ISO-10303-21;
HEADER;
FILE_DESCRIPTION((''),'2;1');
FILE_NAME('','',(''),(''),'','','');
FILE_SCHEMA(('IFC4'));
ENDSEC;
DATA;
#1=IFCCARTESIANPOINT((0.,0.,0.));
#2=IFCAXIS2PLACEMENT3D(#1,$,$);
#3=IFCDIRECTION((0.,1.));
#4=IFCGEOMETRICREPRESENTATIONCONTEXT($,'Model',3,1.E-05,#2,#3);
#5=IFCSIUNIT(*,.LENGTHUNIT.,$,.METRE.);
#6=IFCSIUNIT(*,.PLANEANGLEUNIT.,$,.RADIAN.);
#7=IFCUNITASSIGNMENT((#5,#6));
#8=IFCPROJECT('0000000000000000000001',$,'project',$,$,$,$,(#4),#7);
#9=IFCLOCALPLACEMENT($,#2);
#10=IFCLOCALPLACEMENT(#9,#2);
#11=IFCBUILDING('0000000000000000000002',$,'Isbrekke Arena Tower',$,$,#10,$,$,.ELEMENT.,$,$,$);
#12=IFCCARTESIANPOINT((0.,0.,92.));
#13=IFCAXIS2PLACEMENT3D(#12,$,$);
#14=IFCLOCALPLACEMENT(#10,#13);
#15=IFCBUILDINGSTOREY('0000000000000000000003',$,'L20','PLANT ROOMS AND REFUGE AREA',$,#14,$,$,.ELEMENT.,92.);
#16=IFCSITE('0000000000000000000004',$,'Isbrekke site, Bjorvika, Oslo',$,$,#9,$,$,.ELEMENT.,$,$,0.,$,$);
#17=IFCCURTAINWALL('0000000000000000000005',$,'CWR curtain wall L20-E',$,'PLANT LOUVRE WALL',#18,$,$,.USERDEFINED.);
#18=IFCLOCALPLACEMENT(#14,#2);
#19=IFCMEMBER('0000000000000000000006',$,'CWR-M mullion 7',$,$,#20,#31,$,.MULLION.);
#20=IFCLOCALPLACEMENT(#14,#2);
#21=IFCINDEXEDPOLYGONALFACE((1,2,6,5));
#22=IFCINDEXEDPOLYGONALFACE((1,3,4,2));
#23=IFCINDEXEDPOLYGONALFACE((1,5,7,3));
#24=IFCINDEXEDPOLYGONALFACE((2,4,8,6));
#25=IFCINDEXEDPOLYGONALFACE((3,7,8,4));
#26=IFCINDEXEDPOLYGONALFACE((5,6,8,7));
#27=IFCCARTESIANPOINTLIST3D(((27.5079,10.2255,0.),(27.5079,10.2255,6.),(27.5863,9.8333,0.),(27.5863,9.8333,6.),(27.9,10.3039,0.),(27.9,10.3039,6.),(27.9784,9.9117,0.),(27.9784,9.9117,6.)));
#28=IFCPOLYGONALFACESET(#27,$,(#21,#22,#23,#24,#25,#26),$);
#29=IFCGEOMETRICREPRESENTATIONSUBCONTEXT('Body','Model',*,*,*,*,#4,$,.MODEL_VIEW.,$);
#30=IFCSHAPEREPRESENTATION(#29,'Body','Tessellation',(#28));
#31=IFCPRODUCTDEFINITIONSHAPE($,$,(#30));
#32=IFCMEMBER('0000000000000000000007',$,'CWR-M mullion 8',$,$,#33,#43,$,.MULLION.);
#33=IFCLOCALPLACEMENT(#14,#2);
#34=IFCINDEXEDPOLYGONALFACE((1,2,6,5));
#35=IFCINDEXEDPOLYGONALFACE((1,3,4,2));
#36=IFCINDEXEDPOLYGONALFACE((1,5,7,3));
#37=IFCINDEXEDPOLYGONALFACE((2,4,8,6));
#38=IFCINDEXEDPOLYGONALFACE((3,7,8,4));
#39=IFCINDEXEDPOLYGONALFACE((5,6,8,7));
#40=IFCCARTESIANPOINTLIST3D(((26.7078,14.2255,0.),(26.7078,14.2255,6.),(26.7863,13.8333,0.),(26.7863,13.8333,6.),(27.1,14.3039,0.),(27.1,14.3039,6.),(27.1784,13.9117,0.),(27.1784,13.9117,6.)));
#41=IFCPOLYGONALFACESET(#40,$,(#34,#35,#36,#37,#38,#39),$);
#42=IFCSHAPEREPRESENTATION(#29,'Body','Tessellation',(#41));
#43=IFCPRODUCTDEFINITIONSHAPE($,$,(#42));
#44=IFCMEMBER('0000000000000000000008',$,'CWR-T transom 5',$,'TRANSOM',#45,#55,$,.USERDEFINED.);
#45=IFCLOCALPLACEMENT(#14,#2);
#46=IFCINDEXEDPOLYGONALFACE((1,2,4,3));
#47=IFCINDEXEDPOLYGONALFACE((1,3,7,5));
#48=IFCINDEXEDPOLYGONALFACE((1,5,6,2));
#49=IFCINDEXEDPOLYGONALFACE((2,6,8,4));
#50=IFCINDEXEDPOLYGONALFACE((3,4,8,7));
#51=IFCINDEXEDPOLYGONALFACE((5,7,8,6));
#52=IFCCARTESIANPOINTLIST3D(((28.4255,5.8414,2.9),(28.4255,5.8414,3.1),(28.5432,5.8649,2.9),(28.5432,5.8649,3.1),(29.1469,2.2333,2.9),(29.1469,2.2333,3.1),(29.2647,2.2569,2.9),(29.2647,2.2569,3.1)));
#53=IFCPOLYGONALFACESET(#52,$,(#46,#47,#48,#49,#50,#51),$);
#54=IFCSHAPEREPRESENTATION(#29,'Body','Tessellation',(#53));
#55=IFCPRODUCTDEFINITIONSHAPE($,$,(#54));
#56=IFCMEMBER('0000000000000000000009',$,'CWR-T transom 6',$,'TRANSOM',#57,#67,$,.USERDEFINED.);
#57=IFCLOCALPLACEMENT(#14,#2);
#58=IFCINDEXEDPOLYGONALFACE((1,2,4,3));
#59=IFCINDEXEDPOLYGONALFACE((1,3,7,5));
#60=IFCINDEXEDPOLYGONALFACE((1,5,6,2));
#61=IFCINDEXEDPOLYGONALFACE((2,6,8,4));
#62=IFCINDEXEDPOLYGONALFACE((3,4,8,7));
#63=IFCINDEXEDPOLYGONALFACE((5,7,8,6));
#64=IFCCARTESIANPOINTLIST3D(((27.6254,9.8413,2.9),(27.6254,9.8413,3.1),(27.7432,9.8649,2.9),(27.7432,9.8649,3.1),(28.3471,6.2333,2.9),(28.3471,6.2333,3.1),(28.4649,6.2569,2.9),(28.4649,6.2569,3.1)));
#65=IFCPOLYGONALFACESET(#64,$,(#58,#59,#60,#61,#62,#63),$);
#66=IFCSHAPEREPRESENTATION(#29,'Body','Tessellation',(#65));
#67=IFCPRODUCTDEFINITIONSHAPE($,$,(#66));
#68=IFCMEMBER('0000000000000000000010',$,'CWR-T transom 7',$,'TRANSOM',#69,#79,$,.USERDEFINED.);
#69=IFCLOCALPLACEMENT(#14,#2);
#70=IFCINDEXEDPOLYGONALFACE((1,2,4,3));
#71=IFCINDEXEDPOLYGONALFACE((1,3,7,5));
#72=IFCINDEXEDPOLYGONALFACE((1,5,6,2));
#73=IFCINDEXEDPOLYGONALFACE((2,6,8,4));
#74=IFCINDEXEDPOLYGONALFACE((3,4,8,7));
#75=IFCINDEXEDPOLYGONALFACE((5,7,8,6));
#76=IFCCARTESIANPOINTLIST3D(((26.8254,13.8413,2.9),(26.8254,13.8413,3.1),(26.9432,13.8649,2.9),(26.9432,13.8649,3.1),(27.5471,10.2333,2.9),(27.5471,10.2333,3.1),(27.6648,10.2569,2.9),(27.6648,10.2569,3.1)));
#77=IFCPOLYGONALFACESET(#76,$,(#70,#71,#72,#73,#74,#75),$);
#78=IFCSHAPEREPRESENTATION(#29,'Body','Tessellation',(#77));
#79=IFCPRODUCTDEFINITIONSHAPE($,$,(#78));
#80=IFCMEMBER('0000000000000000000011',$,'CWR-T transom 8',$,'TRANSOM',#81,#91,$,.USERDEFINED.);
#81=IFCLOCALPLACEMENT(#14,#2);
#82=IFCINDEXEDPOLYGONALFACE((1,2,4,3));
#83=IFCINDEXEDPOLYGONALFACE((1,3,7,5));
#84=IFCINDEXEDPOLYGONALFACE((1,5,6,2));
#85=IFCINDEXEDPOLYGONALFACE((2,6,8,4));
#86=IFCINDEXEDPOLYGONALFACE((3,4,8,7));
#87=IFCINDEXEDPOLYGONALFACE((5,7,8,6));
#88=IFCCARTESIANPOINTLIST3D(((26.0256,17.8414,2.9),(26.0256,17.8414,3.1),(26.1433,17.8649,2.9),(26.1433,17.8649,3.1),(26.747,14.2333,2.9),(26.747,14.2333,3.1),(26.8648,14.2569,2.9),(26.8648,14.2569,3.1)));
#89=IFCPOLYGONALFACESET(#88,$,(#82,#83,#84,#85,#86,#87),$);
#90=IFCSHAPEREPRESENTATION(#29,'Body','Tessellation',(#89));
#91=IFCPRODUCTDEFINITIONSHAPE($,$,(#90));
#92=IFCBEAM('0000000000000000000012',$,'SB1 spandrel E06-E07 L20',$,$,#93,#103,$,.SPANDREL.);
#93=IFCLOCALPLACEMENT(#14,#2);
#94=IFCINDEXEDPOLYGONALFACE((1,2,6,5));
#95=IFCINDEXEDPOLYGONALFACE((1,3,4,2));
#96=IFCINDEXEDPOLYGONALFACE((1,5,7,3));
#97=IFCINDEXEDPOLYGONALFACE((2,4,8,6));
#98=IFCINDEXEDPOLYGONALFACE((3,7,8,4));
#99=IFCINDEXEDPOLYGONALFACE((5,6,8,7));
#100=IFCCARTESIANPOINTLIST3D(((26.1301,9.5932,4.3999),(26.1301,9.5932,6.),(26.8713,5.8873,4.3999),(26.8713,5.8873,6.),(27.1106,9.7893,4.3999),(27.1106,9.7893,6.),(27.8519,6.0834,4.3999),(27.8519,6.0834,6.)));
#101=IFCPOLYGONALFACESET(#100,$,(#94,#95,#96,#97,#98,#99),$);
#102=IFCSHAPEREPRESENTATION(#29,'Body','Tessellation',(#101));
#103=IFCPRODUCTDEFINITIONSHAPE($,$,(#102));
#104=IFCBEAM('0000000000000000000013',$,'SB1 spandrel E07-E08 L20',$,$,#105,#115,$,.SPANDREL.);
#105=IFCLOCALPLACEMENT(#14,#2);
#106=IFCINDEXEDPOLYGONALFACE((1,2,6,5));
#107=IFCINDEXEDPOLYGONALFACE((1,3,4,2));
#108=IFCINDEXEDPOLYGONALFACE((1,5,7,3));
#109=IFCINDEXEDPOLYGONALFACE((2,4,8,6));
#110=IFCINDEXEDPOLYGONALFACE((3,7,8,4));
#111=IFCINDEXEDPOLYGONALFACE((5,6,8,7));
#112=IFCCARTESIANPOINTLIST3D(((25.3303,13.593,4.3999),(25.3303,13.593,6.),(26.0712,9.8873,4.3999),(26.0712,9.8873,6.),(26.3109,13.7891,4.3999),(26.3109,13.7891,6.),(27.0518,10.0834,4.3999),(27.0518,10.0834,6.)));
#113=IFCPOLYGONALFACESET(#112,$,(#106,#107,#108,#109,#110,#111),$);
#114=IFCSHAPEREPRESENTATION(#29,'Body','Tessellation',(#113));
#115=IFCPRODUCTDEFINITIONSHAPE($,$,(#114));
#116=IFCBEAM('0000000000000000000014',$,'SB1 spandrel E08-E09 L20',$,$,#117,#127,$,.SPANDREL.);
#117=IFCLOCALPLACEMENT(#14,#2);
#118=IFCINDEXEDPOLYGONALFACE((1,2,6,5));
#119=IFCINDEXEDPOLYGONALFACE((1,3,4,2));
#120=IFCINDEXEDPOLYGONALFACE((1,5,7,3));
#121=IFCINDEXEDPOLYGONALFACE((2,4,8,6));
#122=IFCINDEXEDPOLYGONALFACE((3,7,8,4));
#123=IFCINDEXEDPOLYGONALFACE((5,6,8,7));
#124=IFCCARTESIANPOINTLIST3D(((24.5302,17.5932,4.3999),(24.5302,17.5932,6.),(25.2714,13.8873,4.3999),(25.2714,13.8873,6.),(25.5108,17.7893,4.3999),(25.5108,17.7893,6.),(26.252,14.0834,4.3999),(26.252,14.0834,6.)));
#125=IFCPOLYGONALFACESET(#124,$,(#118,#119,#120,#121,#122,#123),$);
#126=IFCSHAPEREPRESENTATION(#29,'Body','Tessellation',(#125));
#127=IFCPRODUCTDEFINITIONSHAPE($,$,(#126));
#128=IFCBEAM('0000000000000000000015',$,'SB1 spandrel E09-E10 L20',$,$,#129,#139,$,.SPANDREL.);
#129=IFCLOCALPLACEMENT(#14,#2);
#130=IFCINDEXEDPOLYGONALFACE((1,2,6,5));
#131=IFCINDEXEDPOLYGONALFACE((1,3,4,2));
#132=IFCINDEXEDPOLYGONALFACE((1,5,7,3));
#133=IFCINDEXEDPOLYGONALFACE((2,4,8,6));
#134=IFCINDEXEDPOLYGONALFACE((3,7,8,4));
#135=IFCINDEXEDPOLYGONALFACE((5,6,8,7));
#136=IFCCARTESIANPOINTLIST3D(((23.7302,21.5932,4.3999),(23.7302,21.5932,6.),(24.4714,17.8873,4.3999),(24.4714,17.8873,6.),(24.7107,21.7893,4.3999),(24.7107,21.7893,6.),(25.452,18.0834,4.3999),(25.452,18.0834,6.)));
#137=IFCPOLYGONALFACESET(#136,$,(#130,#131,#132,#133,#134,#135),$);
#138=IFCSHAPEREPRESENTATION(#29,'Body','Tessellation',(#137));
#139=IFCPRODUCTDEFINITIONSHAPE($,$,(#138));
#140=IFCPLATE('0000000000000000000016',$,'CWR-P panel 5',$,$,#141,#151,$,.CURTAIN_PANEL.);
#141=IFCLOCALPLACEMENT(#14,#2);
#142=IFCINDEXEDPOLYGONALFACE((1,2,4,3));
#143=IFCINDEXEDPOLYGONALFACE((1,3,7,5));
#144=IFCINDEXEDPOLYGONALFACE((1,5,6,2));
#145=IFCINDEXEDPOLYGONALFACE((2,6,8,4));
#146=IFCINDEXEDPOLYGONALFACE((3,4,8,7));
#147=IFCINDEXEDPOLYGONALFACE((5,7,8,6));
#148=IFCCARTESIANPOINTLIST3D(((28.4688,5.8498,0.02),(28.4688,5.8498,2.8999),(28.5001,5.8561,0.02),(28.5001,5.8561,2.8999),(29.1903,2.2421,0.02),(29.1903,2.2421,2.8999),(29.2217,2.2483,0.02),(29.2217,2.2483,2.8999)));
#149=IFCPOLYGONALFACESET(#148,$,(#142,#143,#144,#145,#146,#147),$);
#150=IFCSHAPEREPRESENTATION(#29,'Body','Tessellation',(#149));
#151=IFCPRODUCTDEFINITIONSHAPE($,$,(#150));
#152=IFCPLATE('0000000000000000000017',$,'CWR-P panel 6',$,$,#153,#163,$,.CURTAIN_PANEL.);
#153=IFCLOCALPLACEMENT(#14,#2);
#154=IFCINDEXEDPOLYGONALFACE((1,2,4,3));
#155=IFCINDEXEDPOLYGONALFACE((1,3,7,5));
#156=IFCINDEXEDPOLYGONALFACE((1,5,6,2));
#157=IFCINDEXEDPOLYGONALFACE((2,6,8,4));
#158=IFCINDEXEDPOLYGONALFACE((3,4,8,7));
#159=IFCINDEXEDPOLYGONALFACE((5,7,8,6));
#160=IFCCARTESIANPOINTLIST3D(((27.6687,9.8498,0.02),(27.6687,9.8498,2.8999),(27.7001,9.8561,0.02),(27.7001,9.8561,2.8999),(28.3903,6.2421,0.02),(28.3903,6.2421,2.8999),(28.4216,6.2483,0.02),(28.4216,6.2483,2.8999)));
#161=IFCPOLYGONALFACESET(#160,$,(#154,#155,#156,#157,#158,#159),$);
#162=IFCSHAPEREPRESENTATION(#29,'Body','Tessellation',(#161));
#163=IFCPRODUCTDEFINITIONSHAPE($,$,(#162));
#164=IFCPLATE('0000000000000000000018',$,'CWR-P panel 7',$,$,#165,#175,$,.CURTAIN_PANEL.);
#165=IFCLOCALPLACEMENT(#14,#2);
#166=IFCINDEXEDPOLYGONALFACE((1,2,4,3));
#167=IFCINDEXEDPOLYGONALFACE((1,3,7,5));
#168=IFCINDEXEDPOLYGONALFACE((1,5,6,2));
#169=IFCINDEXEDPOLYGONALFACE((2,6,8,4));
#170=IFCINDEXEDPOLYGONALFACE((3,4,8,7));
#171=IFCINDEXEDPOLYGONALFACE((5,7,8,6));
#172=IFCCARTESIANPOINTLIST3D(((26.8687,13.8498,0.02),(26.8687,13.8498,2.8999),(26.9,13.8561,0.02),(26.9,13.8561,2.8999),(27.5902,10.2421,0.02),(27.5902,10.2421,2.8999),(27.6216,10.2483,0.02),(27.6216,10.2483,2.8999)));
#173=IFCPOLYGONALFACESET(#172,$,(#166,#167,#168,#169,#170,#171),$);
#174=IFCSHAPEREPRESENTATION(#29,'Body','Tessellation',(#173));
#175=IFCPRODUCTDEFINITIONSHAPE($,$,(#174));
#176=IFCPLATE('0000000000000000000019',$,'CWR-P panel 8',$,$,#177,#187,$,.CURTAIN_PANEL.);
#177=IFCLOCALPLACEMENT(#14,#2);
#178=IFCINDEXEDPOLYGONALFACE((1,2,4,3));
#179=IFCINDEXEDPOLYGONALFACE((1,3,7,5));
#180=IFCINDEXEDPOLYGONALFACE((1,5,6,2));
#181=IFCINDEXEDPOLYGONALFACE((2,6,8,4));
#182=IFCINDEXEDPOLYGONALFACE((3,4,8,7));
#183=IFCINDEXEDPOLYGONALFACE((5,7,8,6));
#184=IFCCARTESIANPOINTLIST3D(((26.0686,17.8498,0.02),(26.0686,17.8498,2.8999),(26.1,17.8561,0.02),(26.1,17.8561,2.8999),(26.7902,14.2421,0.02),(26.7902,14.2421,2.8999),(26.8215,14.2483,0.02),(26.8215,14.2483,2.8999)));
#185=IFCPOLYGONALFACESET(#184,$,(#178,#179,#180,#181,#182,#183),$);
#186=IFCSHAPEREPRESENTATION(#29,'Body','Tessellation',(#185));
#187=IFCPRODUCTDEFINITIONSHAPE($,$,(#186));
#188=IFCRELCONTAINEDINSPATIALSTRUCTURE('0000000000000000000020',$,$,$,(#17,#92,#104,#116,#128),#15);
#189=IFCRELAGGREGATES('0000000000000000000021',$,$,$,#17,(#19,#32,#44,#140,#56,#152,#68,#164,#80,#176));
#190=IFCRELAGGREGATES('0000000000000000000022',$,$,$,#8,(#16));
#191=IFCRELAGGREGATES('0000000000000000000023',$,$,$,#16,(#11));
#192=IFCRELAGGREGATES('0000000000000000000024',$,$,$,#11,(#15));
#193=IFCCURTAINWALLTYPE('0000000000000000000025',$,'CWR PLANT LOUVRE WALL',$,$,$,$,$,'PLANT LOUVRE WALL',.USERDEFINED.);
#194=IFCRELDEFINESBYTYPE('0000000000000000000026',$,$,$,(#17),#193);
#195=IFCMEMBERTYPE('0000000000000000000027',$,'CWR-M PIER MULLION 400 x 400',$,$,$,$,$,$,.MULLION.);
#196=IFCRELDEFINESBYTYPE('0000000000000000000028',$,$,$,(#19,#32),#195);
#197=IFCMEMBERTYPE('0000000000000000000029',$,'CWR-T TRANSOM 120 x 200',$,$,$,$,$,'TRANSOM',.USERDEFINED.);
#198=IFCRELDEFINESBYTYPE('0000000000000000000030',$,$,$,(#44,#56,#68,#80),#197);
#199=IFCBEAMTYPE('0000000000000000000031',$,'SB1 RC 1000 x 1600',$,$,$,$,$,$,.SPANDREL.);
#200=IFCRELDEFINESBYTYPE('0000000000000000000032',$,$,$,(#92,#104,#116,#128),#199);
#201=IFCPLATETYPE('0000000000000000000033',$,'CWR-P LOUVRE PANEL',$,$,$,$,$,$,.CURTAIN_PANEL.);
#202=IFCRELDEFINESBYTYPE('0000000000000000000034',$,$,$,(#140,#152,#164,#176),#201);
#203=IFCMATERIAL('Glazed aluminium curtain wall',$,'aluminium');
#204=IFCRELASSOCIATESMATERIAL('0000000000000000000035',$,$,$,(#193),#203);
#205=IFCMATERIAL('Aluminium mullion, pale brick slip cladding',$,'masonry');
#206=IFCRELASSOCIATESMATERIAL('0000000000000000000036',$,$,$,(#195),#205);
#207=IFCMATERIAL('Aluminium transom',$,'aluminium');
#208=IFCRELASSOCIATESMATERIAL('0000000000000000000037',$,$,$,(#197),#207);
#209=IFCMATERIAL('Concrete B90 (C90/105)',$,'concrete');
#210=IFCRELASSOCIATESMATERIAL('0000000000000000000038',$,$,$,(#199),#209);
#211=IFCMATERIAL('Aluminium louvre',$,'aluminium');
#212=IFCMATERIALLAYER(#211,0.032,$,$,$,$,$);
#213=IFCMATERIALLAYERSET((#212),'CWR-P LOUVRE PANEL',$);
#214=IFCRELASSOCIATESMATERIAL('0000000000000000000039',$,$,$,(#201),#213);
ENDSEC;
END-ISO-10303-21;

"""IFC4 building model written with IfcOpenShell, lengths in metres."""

from ifc_helpers import new_model, si_unit, direction, frame, origin, origin_2d, place, context, subcontext, project, spatial, rectangle, extrude, material, layer, layer_set, material_profile, profile_set, type_object, element, aggregate, save


model = new_model("IFC4")

# Units and contexts
model_context = context("Model", 3, precision=1e-05, world=origin(), true_north=direction((0.0, 1.0)))
body_context = subcontext(model_context, "Body", "Model", "MODEL_VIEW")
ifc_project = project(units=[si_unit("LENGTHUNIT", "METRE"), si_unit("PLANEANGLEUNIT", "RADIAN")], contexts=[model_context])

# Site, building, storey
site_placement = place(None, origin())
site = spatial("IfcSite", under=ifc_project, at=site_placement, Name="Isbrekke site, Bjorvika, Oslo", CompositionType="ELEMENT", RefElevation=0.0)
building_placement = place(site_placement, origin())
building = spatial("IfcBuilding", under=site, at=building_placement, Name="Isbrekke Arena Tower", CompositionType="ELEMENT")
storey_placement = place(building_placement, frame((0.0, 0.0, 92.0)))
storey = spatial("IfcBuildingStorey", under=building, at=storey_placement, Name="L20", Description="PLANT ROOMS AND REFUGE AREA", CompositionType="ELEMENT", Elevation=92.0)

# Curtain wall, members
ifc_material_1 = material(Name="Glazed aluminium curtain wall", Category="aluminium")
curtain_wall_type = type_object("IfcCurtainWallType", Name="CWR PLANT LOUVRE WALL", ElementType="PLANT LOUVRE WALL", PredefinedType="USERDEFINED", material=ifc_material_1)
curtain_wall_placement = place(storey_placement, origin())
curtain_wall = element("IfcCurtainWall", 1, at=curtain_wall_placement, inside=storey, type_object=curtain_wall_type, Name="CWR curtain wall L20-E", ObjectType="PLANT LOUVRE WALL", PredefinedType="USERDEFINED")
ifc_material_2 = material(Name="Aluminium mullion, pale brick slip cladding", Category="masonry")
ifc_material_profile_1 = material_profile(ifc_material_2, rectangle(XDim=0.3999, YDim=0.3999, at=origin_2d()), Name="PIER 400X400")
ifc_profile_set_1 = profile_set([ifc_material_profile_1], Name="Aluminium mullion, pale brick slip cladding")
member_type_1 = type_object("IfcMemberType", Name="CWR-M PIER MULLION 400 x 400", PredefinedType="MULLION", material=ifc_profile_set_1)
member_1_placement = place(storey_placement, frame((27.7432, 10.0686, 0.0), z_axis=(0.0, 0.0, 1.0), x_axis=(-0.196116, 0.980581, 0.0)))
member_1 = element("IfcMember", 2, at=member_1_placement, type_object=member_type_1, Name="CWR-M mullion 7", PredefinedType="MULLION", context=body_context, shape_type="SweptSolid", body=[
    extrude(rectangle(XDim=0.3999, YDim=0.3999, at=origin_2d()), origin(), (0.0, 0.0, 1.0), 6.0),
])
member_2_placement = place(storey_placement, frame((26.9431, 14.0686, 0.0), z_axis=(0.0, 0.0, 1.0), x_axis=(-0.196116, 0.980581, 0.0)))
member_2 = element("IfcMember", 3, at=member_2_placement, type_object=member_type_1, Name="CWR-M mullion 8", PredefinedType="MULLION", context=body_context, shape_type="SweptSolid", body=[
    extrude(rectangle(XDim=0.3999, YDim=0.3999, at=origin_2d()), origin(), (0.0, 0.0, 1.0), 6.0),
])
ifc_material_3 = material(Name="Aluminium transom", Category="aluminium")
ifc_material_profile_2 = material_profile(ifc_material_3, rectangle(XDim=0.1201, YDim=0.2, at=origin_2d()), Name="TRANSOM 120X200")
ifc_profile_set_2 = profile_set([ifc_material_profile_2], Name="Aluminium transom")
member_type_2 = type_object("IfcMemberType", Name="CWR-T TRANSOM 120 x 200", ElementType="TRANSOM", PredefinedType="USERDEFINED", material=ifc_profile_set_2)
member_3_placement = place(storey_placement, frame((29.2058, 2.2451, 3.0), z_axis=(-0.196078, 0.980588, 0.0), x_axis=(-0.980588, -0.196078, 0.0)))
member_3 = element("IfcMember", 4, at=member_3_placement, type_object=member_type_2, Name="CWR-T transom 5", ObjectType="TRANSOM", PredefinedType="USERDEFINED", context=body_context, shape_type="SweptSolid", body=[
    extrude(rectangle(XDim=0.1201, YDim=0.2, at=origin_2d()), origin(), (0.0, 0.0, 1.0), 3.6794),
])
member_4_placement = place(storey_placement, frame((28.406, 6.2451, 3.0), z_axis=(-0.196142, 0.980576, 0.0), x_axis=(-0.980576, -0.196142, 0.0)))
member_4 = element("IfcMember", 5, at=member_4_placement, type_object=member_type_2, Name="CWR-T transom 6", ObjectType="TRANSOM", PredefinedType="USERDEFINED", context=body_context, shape_type="SweptSolid", body=[
    extrude(rectangle(XDim=0.1201, YDim=0.2, at=origin_2d()), origin(), (0.0, 0.0, 1.0), 3.6794),
])
member_5_placement = place(storey_placement, frame((27.606, 10.2451, 3.0), z_axis=(-0.196142, 0.980576, 0.0), x_axis=(-0.980576, -0.196142, 0.0)))
member_5 = element("IfcMember", 6, at=member_5_placement, type_object=member_type_2, Name="CWR-T transom 7", ObjectType="TRANSOM", PredefinedType="USERDEFINED", context=body_context, shape_type="SweptSolid", body=[
    extrude(rectangle(XDim=0.1201, YDim=0.2, at=origin_2d()), origin(), (0.0, 0.0, 1.0), 3.6794),
])
member_6_placement = place(storey_placement, frame((26.8059, 14.2451, 3.0), z_axis=(-0.196078, 0.980588, 0.0), x_axis=(-0.980588, -0.196078, 0.0)))
member_6 = element("IfcMember", 7, at=member_6_placement, type_object=member_type_2, Name="CWR-T transom 8", ObjectType="TRANSOM", PredefinedType="USERDEFINED", context=body_context, shape_type="SweptSolid", body=[
    extrude(rectangle(XDim=0.1201, YDim=0.2, at=origin_2d()), origin(), (0.0, 0.0, 1.0), 3.6794),
])

# Beams
ifc_material_4 = material(Name="Concrete B90 (C90/105)", Category="concrete")
ifc_material_profile_3 = material_profile(ifc_material_4, rectangle(XDim=1.0, YDim=1.6001, at=origin_2d()), Name="RC 1000x1600")
ifc_profile_set_3 = profile_set([ifc_material_profile_3], Name="Concrete B90 (C90/105)")
beam_type_1 = type_object("IfcBeamType", Name="SB1 RC 1000 x 1600", PredefinedType="SPANDREL", material=ifc_profile_set_3)
beam_1_placement = place(storey_placement, frame((27.3616, 5.9854, 5.2), z_axis=(-0.196129, 0.980578, 0.0), x_axis=(-0.980578, -0.196129, 0.0)))
element("IfcBeam", 8, at=beam_1_placement, inside=storey, type_object=beam_type_1, Name="SB1 spandrel E06-E07 L20", PredefinedType="SPANDREL", context=body_context, shape_type="SweptSolid", body=[
    extrude(rectangle(XDim=1.0, YDim=1.6001, at=origin_2d()), origin(), (0.0, 0.0, 1.0), 3.7793),
])
beam_2_placement = place(storey_placement, frame((26.5615, 9.9854, 5.2), z_axis=(-0.196066, 0.980591, 0.0), x_axis=(-0.980591, -0.196066, 0.0)))
element("IfcBeam", 9, at=beam_2_placement, inside=storey, type_object=beam_type_1, Name="SB1 spandrel E07-E08 L20", PredefinedType="SPANDREL", context=body_context, shape_type="SweptSolid", body=[
    extrude(rectangle(XDim=1.0, YDim=1.6001, at=origin_2d()), origin(), (0.0, 0.0, 1.0), 3.7791),
])
for number, where, z_axis, x_axis, name in (
    (10, (25.7617, 13.9854, 5.2), (-0.196129, 0.980578, 0.0), (-0.980578, -0.196129, 0.0), "SB1 spandrel E08-E09 L20"),
    (11, (24.9617, 17.9854, 5.2), (-0.196129, 0.980578, 0.0), (-0.980578, -0.196129, 0.0), "SB1 spandrel E09-E10 L20"),
):
    element("IfcBeam", number, at=place(storey_placement, frame(where, z_axis=z_axis, x_axis=x_axis)), inside=storey, type_object=beam_type_1, Name=name, PredefinedType="SPANDREL", context=body_context, shape_type="SweptSolid", body=[
        extrude(rectangle(XDim=1.0, YDim=1.6001, at=origin_2d()), origin(), (0.0, 0.0, 1.0), 3.7793),
    ])

# Plates
ifc_material_5 = material(Name="Aluminium louvre", Category="aluminium")
ifc_layer_1 = layer(ifc_material_5, 0.032)
ifc_layer_set_1 = layer_set([ifc_layer_1], Name="CWR-P LOUVRE PANEL")
plate_type = type_object("IfcPlateType", Name="CWR-P LOUVRE PANEL", PredefinedType="CURTAIN_PANEL", material=ifc_layer_set_1)
plate_1_placement = place(storey_placement, frame((28.8452, 4.0491, 0.02), z_axis=(0.0, 0.0, 1.0), x_axis=(-0.196116, 0.980581, 0.0)))
plate_1 = element("IfcPlate", 12, at=plate_1_placement, type_object=plate_type, Name="CWR-P panel 5", PredefinedType="CURTAIN_PANEL", context=body_context, shape_type="SweptSolid", body=[
    extrude(rectangle(XDim=3.6792, YDim=0.032, at=origin_2d()), origin(), (0.0, 0.0, 1.0), 2.8799),
])
plate_2_placement = place(storey_placement, frame((28.0452, 8.0491, 0.02), z_axis=(0.0, 0.0, 1.0), x_axis=(-0.196116, 0.980581, 0.0)))
plate_2 = element("IfcPlate", 13, at=plate_2_placement, type_object=plate_type, Name="CWR-P panel 6", PredefinedType="CURTAIN_PANEL", context=body_context, shape_type="SweptSolid", body=[
    extrude(rectangle(XDim=3.6792, YDim=0.032, at=origin_2d()), origin(), (0.0, 0.0, 1.0), 2.8799),
])
plate_3_placement = place(storey_placement, frame((27.2451, 12.0491, 0.02), z_axis=(0.0, 0.0, 1.0), x_axis=(-0.196116, 0.980581, 0.0)))
plate_3 = element("IfcPlate", 14, at=plate_3_placement, type_object=plate_type, Name="CWR-P panel 7", PredefinedType="CURTAIN_PANEL", context=body_context, shape_type="SweptSolid", body=[
    extrude(rectangle(XDim=3.6792, YDim=0.032, at=origin_2d()), origin(), (0.0, 0.0, 1.0), 2.8799),
])
plate_4_placement = place(storey_placement, frame((26.4451, 16.0491, 0.02), z_axis=(0.0, 0.0, 1.0), x_axis=(-0.196116, 0.980581, 0.0)))
plate_4 = element("IfcPlate", 15, at=plate_4_placement, type_object=plate_type, Name="CWR-P panel 8", PredefinedType="CURTAIN_PANEL", context=body_context, shape_type="SweptSolid", body=[
    extrude(rectangle(XDim=3.6792, YDim=0.032, at=origin_2d()), origin(), (0.0, 0.0, 1.0), 2.8799),
])
aggregate(curtain_wall, [member_1, member_2, member_3, plate_1, member_4, plate_2, member_5, plate_3, member_6, plate_4])

save(model, "model.ifc")
